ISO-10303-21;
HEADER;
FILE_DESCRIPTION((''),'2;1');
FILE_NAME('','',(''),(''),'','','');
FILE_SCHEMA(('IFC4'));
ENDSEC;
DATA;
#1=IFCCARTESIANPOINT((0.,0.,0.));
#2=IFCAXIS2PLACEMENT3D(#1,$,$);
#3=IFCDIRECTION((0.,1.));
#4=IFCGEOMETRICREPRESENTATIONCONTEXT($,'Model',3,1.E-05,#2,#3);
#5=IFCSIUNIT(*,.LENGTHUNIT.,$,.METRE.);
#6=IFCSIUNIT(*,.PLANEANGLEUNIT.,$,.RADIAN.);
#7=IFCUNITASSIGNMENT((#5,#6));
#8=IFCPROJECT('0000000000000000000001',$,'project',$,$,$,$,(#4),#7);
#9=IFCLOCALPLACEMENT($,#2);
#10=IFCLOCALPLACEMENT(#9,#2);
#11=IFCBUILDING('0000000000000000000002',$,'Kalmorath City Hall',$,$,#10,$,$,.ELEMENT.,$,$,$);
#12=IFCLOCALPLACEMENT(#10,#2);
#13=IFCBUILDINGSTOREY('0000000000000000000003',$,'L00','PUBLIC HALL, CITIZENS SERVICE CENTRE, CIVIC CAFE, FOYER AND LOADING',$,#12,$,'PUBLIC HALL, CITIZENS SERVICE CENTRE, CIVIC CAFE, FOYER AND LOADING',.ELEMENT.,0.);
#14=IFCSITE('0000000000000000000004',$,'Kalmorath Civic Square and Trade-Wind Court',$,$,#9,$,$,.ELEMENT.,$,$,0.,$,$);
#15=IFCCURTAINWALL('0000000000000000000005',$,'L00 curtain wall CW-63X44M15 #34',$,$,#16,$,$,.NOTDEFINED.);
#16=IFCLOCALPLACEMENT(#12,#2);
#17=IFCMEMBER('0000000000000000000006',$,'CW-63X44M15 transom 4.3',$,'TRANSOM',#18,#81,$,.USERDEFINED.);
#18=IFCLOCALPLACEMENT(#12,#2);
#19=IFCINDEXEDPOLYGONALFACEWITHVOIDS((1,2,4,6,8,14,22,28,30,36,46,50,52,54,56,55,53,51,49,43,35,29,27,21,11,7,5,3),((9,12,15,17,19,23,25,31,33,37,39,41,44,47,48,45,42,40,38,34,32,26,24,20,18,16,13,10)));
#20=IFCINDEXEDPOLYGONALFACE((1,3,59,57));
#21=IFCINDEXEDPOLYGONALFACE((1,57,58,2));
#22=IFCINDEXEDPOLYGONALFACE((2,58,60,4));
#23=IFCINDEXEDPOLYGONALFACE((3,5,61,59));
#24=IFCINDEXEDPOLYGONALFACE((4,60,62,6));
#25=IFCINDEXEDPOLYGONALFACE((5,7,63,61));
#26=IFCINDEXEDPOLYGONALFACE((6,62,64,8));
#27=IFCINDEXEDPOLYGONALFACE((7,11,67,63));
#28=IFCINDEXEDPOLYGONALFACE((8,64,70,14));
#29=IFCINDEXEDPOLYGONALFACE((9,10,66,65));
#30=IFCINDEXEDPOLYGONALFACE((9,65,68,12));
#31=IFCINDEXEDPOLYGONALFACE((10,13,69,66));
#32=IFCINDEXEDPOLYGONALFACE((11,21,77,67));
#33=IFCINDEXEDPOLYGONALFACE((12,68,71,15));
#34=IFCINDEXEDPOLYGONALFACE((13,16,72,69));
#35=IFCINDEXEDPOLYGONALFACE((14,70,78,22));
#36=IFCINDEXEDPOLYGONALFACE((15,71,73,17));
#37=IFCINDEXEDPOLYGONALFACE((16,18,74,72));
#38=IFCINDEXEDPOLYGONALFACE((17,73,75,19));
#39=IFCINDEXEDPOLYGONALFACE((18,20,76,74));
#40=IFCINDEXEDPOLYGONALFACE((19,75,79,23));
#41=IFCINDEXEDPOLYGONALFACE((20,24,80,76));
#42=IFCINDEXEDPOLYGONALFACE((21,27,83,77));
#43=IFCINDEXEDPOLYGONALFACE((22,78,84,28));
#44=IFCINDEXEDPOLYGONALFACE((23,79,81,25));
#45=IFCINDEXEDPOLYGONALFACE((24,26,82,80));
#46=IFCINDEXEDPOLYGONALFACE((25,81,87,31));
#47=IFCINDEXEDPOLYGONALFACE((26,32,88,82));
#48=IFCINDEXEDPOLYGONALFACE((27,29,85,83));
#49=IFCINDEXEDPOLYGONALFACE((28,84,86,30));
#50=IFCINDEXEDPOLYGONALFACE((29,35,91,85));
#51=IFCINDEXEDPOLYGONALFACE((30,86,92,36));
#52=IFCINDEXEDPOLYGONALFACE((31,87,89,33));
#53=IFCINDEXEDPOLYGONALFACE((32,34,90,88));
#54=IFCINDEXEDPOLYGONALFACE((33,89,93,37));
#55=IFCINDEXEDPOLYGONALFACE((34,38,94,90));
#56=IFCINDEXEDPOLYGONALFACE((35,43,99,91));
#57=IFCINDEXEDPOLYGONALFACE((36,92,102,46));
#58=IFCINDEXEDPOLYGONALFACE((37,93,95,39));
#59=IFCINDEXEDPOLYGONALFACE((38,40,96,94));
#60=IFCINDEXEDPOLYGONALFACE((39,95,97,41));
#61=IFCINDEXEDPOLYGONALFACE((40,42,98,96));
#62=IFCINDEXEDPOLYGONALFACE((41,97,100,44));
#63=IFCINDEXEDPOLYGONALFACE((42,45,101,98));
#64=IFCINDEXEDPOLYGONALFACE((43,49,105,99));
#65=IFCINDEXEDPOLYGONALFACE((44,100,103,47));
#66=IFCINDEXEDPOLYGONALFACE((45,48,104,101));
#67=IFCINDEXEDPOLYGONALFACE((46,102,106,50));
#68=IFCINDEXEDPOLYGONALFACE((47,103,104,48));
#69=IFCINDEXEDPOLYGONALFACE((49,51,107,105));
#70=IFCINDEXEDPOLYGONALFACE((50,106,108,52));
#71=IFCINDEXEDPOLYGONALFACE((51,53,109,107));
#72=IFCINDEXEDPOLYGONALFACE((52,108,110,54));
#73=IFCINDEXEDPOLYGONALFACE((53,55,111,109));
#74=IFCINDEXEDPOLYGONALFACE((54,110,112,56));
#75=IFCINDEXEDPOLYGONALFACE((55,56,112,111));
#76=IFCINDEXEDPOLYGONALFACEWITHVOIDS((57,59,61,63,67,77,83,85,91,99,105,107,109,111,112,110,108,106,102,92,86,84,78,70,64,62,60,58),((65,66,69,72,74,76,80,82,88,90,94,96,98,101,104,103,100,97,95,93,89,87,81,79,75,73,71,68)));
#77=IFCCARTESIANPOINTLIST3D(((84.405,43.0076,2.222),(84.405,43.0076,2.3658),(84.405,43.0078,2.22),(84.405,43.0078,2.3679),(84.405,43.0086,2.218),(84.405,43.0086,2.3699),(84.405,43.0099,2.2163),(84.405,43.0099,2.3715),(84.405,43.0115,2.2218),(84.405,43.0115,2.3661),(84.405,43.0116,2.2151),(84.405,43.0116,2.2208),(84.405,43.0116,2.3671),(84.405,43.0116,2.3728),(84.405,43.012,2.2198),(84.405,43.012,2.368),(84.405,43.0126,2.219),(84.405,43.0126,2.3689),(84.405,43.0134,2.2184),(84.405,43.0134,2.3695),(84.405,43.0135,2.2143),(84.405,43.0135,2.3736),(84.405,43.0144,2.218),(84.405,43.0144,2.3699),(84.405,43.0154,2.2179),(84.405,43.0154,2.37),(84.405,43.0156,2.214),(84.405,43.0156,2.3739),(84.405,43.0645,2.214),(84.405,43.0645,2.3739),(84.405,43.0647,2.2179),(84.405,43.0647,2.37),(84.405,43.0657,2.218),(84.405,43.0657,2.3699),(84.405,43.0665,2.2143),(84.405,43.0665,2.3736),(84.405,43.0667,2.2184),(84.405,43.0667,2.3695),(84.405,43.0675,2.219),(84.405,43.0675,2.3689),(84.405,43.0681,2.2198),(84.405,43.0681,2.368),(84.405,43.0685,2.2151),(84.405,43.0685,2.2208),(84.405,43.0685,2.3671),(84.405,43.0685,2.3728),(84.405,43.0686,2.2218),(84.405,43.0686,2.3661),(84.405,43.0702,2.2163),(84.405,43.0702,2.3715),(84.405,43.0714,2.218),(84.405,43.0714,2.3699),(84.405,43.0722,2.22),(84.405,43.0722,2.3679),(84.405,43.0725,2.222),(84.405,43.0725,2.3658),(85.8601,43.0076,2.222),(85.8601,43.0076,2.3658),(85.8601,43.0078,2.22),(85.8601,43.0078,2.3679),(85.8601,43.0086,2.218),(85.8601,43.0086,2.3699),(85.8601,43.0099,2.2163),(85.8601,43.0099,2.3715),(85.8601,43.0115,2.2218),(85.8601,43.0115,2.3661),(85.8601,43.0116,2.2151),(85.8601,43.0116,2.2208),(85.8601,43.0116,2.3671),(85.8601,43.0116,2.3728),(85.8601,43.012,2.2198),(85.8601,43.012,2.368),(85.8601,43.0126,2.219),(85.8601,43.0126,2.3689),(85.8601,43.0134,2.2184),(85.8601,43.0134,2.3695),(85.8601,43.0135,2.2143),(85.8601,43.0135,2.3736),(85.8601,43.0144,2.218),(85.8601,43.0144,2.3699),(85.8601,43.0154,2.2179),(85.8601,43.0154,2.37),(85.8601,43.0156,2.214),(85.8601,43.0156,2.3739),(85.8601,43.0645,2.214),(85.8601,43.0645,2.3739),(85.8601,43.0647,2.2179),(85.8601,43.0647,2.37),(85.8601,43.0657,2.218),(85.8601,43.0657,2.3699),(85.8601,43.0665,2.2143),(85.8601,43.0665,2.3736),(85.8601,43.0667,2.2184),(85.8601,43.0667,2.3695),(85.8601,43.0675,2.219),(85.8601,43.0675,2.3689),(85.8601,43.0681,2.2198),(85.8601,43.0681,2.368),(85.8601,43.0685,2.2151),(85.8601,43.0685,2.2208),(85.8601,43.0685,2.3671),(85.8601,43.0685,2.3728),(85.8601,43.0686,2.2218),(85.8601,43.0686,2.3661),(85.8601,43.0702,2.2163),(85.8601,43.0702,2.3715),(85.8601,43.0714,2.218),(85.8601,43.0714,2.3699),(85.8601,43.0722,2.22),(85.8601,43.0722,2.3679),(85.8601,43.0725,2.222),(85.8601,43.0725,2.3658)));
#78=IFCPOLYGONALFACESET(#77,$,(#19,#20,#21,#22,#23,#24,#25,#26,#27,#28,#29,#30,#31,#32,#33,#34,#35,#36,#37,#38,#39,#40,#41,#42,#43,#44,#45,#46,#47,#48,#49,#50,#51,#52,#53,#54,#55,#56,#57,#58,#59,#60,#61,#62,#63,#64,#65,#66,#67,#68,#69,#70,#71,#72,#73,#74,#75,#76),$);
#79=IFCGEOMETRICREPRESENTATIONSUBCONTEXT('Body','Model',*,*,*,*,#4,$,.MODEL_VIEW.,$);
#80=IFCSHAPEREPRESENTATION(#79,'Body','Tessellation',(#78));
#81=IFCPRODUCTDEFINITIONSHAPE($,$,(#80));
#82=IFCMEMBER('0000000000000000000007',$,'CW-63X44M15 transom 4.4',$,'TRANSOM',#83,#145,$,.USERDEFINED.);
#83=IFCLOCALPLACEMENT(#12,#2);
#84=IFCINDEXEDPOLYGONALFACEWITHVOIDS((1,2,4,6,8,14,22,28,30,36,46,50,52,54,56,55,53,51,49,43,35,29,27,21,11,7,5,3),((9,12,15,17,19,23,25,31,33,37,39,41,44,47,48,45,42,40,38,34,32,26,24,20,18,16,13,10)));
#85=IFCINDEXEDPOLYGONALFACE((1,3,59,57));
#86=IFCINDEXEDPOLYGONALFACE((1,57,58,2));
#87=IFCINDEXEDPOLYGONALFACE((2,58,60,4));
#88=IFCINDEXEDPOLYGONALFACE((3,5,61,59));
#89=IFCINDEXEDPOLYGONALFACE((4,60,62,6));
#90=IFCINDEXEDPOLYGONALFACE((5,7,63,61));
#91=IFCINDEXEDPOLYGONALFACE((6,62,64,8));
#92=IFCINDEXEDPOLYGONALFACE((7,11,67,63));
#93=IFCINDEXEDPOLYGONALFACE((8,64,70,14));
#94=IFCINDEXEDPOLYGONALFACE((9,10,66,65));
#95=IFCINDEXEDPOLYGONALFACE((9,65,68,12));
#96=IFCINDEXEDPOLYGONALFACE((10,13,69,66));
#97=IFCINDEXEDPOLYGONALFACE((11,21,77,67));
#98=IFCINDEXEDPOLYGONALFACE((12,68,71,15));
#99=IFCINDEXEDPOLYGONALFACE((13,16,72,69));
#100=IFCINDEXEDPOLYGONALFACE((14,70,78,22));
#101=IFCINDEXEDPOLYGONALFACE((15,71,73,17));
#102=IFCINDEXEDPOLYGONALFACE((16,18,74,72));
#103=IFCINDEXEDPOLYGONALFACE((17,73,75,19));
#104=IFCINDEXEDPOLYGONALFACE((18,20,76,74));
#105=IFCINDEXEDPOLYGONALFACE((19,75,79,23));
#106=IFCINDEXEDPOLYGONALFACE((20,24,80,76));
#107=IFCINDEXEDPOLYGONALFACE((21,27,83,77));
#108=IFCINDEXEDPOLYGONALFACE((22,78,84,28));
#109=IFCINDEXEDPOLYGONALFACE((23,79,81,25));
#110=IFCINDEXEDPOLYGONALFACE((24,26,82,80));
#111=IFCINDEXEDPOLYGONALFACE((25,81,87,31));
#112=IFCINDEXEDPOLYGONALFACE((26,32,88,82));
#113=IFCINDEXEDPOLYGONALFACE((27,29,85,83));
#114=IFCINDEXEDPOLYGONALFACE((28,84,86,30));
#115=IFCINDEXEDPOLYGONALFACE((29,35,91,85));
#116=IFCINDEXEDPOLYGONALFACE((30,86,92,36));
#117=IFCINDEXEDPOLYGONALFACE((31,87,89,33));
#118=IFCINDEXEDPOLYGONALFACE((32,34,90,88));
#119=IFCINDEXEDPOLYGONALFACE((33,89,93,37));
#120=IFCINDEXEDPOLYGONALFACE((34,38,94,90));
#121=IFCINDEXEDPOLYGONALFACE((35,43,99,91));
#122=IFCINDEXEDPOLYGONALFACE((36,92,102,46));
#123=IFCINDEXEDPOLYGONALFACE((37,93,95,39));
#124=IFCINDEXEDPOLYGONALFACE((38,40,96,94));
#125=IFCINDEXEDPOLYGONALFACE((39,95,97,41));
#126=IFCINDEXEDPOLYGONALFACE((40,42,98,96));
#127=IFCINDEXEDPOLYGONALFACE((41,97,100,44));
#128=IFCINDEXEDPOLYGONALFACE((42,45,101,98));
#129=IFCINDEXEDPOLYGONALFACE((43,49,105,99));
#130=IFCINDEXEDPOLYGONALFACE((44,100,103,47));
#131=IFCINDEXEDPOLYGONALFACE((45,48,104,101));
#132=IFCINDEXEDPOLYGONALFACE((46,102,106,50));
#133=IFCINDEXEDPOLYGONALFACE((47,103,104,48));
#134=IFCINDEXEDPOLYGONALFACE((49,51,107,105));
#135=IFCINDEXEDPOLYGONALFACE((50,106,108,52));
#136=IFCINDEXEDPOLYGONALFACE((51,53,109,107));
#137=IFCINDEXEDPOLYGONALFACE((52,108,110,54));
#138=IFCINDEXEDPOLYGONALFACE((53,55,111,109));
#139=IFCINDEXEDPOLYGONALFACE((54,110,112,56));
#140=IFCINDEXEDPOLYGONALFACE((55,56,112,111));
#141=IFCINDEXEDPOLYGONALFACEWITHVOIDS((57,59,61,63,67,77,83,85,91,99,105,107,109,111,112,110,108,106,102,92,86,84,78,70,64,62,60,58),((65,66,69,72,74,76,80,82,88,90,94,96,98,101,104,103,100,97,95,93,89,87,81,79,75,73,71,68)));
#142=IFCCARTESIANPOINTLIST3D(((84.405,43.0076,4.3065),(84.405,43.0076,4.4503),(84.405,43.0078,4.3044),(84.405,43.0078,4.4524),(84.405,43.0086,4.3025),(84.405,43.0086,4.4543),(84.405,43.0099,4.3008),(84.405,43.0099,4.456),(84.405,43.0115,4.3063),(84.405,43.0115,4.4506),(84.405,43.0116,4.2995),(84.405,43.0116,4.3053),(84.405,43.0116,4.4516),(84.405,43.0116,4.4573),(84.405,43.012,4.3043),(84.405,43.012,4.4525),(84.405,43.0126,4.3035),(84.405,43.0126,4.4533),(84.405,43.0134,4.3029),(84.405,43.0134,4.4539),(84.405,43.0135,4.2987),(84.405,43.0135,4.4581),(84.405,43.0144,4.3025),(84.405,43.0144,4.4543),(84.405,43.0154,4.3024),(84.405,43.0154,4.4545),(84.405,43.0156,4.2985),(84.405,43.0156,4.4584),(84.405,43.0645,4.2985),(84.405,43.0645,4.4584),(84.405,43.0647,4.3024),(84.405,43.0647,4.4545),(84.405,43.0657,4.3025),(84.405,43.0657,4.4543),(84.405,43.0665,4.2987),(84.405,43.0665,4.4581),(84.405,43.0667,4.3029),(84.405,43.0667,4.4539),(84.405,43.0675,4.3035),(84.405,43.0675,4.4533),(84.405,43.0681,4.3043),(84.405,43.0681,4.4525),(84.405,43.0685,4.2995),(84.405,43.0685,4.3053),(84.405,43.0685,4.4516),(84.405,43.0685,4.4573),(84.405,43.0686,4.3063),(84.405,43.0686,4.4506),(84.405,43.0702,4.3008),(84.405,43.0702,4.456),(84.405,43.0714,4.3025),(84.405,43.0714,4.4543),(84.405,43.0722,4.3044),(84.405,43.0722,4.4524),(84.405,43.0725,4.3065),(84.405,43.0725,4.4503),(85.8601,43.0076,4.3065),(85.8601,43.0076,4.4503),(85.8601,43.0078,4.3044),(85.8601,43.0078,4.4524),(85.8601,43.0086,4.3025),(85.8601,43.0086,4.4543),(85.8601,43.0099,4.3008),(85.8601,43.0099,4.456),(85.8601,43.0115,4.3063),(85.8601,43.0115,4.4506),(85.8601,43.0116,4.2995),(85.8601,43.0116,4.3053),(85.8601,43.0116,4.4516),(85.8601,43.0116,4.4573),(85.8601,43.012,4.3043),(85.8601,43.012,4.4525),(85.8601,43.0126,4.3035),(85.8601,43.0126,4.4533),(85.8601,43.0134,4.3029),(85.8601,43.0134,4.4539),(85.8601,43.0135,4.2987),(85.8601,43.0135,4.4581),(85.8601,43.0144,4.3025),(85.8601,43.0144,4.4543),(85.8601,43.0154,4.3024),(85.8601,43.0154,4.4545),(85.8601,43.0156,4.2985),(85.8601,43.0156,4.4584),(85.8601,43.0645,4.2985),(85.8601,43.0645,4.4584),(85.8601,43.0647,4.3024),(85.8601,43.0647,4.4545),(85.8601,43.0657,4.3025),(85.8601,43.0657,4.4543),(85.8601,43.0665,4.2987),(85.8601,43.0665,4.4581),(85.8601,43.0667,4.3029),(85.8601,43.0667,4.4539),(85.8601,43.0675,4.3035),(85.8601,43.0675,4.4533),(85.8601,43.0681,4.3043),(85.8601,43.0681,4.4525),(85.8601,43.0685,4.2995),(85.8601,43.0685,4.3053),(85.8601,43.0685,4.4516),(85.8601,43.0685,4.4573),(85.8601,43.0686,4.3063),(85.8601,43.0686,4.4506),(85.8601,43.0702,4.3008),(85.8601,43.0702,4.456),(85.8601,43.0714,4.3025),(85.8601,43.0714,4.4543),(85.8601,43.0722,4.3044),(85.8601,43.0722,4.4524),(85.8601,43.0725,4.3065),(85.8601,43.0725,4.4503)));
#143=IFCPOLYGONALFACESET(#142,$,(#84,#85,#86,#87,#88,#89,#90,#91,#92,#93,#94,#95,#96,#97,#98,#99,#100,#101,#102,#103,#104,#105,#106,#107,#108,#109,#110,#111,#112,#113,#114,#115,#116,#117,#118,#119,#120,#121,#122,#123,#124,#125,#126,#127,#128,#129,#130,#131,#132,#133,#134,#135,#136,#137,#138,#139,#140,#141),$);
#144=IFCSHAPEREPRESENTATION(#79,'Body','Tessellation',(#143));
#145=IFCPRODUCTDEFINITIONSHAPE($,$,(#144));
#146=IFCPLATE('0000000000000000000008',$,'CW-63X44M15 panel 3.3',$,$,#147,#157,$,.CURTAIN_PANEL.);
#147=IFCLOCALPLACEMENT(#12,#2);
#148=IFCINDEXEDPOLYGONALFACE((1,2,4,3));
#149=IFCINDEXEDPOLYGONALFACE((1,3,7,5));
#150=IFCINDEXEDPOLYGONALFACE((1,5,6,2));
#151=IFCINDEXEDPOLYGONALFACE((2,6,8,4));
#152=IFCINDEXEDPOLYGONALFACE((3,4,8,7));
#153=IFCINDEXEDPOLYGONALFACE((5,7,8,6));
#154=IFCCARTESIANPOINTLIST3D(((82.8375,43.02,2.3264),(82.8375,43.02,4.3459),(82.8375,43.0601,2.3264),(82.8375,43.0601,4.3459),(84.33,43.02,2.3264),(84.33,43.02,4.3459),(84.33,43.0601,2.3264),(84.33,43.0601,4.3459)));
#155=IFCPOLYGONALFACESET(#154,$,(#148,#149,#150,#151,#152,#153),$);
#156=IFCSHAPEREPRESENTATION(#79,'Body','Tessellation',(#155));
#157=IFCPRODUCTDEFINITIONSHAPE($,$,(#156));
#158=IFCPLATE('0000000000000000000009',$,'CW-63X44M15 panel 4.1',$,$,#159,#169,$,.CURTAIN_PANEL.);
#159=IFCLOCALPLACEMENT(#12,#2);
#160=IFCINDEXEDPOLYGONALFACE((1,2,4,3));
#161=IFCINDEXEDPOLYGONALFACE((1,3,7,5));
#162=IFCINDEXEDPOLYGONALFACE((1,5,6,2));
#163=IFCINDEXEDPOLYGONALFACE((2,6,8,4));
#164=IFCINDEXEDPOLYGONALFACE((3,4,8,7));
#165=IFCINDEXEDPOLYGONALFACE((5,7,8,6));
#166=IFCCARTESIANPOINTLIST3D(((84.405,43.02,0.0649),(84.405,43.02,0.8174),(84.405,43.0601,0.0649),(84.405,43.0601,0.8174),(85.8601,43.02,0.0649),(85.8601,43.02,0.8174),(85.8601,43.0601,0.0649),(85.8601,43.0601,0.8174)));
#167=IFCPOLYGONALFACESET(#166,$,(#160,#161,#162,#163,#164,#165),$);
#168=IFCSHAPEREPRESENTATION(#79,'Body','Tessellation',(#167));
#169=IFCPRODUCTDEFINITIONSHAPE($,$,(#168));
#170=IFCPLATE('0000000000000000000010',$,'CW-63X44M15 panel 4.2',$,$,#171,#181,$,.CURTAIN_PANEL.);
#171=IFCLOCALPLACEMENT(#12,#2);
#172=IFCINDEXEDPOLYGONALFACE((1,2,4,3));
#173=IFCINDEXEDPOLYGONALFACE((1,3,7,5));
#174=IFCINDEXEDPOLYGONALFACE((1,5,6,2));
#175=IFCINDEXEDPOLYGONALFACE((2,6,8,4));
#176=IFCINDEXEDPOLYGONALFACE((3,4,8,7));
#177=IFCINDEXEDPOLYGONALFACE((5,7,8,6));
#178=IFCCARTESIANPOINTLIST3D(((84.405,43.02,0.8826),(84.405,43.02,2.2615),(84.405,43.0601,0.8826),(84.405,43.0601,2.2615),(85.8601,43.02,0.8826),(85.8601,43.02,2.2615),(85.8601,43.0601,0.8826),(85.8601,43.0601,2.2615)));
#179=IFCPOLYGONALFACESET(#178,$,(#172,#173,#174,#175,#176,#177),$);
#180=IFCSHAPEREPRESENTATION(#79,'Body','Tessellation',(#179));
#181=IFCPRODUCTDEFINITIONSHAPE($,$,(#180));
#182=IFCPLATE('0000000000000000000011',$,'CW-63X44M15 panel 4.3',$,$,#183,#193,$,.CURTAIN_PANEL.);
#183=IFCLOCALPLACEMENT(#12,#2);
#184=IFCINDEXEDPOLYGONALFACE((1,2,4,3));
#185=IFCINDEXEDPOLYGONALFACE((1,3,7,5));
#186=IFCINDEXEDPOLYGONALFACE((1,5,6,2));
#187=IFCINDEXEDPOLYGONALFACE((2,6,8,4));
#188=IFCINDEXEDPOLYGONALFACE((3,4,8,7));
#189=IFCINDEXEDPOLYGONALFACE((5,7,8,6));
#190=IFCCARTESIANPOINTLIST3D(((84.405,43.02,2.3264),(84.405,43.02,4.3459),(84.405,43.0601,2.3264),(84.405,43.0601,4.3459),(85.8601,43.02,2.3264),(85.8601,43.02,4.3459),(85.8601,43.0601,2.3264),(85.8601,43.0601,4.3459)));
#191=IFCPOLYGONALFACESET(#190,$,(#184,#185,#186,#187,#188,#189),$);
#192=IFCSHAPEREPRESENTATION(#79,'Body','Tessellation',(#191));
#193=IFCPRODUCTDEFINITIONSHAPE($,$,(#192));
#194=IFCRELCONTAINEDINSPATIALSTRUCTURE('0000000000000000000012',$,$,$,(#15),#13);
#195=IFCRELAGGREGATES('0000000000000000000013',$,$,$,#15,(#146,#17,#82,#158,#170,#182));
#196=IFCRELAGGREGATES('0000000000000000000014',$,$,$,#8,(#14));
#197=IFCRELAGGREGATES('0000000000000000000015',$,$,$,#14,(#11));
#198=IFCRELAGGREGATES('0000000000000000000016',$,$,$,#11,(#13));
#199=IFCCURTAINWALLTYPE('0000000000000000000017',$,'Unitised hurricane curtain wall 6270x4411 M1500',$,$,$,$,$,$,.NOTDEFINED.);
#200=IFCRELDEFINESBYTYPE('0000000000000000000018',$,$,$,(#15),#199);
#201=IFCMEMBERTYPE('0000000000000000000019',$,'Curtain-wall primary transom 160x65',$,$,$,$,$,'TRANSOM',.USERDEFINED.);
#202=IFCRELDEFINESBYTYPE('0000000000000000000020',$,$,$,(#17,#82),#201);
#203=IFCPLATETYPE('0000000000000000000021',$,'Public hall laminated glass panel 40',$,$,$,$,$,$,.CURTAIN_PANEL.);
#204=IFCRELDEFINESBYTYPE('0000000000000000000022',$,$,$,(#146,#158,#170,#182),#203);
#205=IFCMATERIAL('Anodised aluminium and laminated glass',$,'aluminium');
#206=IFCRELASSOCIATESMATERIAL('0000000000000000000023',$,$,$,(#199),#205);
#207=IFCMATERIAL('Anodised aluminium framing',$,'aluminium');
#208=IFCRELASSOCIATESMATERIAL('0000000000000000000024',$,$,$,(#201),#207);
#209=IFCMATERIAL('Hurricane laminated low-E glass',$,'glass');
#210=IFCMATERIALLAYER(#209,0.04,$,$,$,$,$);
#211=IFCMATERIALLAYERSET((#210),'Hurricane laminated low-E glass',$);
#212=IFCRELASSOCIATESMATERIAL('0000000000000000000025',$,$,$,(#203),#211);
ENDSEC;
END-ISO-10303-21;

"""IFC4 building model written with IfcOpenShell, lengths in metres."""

from ifc_helpers import new_model, si_unit, direction, frame, origin, origin_2d, place, context, subcontext, project, spatial, rectangle, hollow_rectangle, extrude, material, layer, layer_set, material_profile, profile_set, type_object, element, aggregate, save


model = new_model("IFC4")

# Units and contexts
model_context = context("Model", 3, precision=1e-05, world=origin(), true_north=direction((0.0, 1.0)))
body_context = subcontext(model_context, "Body", "Model", "MODEL_VIEW")
ifc_project = project(units=[si_unit("LENGTHUNIT", "METRE"), si_unit("PLANEANGLEUNIT", "RADIAN")], contexts=[model_context])

# Site, building, storey
site_placement = place(None, origin())
site = spatial("IfcSite", under=ifc_project, at=site_placement, Name="Kalmorath Civic Square and Trade-Wind Court", CompositionType="ELEMENT", RefElevation=0.0)
building_placement = place(site_placement, origin())
building = spatial("IfcBuilding", under=site, at=building_placement, Name="Kalmorath City Hall", CompositionType="ELEMENT")
storey_placement = place(building_placement, origin())
storey = spatial("IfcBuildingStorey", under=building, at=storey_placement, Name="L00", Description="PUBLIC HALL, CITIZENS SERVICE CENTRE, CIVIC CAFE, FOYER AND LOADING", LongName="PUBLIC HALL, CITIZENS SERVICE CENTRE, CIVIC CAFE, FOYER AND LOADING", CompositionType="ELEMENT", Elevation=0.0)

# Curtain wall, members, plates
ifc_material_1 = material(Name="Anodised aluminium and laminated glass", Category="aluminium")
curtain_wall_type = type_object("IfcCurtainWallType", Name="Unitised hurricane curtain wall 6270x4411 M1500", PredefinedType="NOTDEFINED", material=ifc_material_1)
curtain_wall_placement = place(storey_placement, origin())
curtain_wall = element("IfcCurtainWall", 1, at=curtain_wall_placement, inside=storey, type_object=curtain_wall_type, Name="L00 curtain wall CW-63X44M15 #34", PredefinedType="NOTDEFINED")
ifc_material_2 = material(Name="Anodised aluminium framing", Category="aluminium")
ifc_material_profile_1 = material_profile(ifc_material_2, hollow_rectangle(XDim=0.0649, YDim=0.1599, WallThickness=0.0039, InnerFilletRadius=0.0039, OuterFilletRadius=0.0081, at=origin_2d()), Name="ALU-TRN-160X65X4")
ifc_profile_set_1 = profile_set([ifc_material_profile_1], Name="Anodised aluminium framing")
member_type_1 = type_object("IfcMemberType", Name="Curtain-wall primary transom 160x65", ElementType="TRANSOM", PredefinedType="USERDEFINED", material=ifc_profile_set_1)
member_1_placement = place(storey_placement, frame((84.405, 43.04, 2.2939), z_axis=(1.0, 0.0, 0.0), x_axis=(0.0, 1.0, 0.0)))
member_1 = element("IfcMember", 2, at=member_1_placement, type_object=member_type_1, Name="CW-63X44M15 transom 4.3", ObjectType="TRANSOM", PredefinedType="USERDEFINED", context=body_context, shape_type="SweptSolid", body=[
    extrude(hollow_rectangle(XDim=0.0649, YDim=0.1599, WallThickness=0.0039, InnerFilletRadius=0.0039, OuterFilletRadius=0.0081, at=origin_2d()), origin(), (0.0, 0.0, 1.0), 1.4551),
])
member_2_placement = place(storey_placement, frame((84.405, 43.04, 4.3784), z_axis=(1.0, 0.0, 0.0), x_axis=(0.0, 1.0, 0.0)))
member_2 = element("IfcMember", 3, at=member_2_placement, type_object=member_type_1, Name="CW-63X44M15 transom 4.4", ObjectType="TRANSOM", PredefinedType="USERDEFINED", context=body_context, shape_type="SweptSolid", body=[
    extrude(hollow_rectangle(XDim=0.0649, YDim=0.1599, WallThickness=0.0039, InnerFilletRadius=0.0039, OuterFilletRadius=0.0081, at=origin_2d()), origin(), (0.0, 0.0, 1.0), 1.4551),
])
ifc_material_3 = material(Name="Hurricane laminated low-E glass", Category="glass")
ifc_layer_1 = layer(ifc_material_3, 0.04)
ifc_layer_set_1 = layer_set([ifc_layer_1], Name="Hurricane laminated low-E glass")
plate_type = type_object("IfcPlateType", Name="Public hall laminated glass panel 40", PredefinedType="CURTAIN_PANEL", material=ifc_layer_set_1)
plate_1_placement = place(storey_placement, frame((83.5837, 43.04, 2.3264), z_axis=(0.0, 0.0, 1.0), x_axis=(1.0, 0.0, 0.0)))
plate_1 = element("IfcPlate", 4, at=plate_1_placement, type_object=plate_type, Name="CW-63X44M15 panel 3.3", PredefinedType="CURTAIN_PANEL", context=body_context, shape_type="SweptSolid", body=[
    extrude(rectangle(XDim=1.4924, YDim=0.04, at=origin_2d()), origin(), (0.0, 0.0, 1.0), 2.0195),
])
plate_2_placement = place(storey_placement, frame((85.1326, 43.04, 0.0649), z_axis=(0.0, 0.0, 1.0), x_axis=(1.0, 0.0, 0.0)))
plate_2 = element("IfcPlate", 5, at=plate_2_placement, type_object=plate_type, Name="CW-63X44M15 panel 4.1", PredefinedType="CURTAIN_PANEL", context=body_context, shape_type="SweptSolid", body=[
    extrude(rectangle(XDim=1.4551, YDim=0.04, at=origin_2d()), origin(), (0.0, 0.0, 1.0), 0.7524),
])
plate_3_placement = place(storey_placement, frame((85.1326, 43.04, 0.8826), z_axis=(0.0, 0.0, 1.0), x_axis=(1.0, 0.0, 0.0)))
plate_3 = element("IfcPlate", 6, at=plate_3_placement, type_object=plate_type, Name="CW-63X44M15 panel 4.2", PredefinedType="CURTAIN_PANEL", context=body_context, shape_type="SweptSolid", body=[
    extrude(rectangle(XDim=1.4551, YDim=0.04, at=origin_2d()), origin(), (0.0, 0.0, 1.0), 1.3789),
])
plate_4_placement = place(storey_placement, frame((85.1326, 43.04, 2.3264), z_axis=(0.0, 0.0, 1.0), x_axis=(1.0, 0.0, 0.0)))
plate_4 = element("IfcPlate", 7, at=plate_4_placement, type_object=plate_type, Name="CW-63X44M15 panel 4.3", PredefinedType="CURTAIN_PANEL", context=body_context, shape_type="SweptSolid", body=[
    extrude(rectangle(XDim=1.4551, YDim=0.04, at=origin_2d()), origin(), (0.0, 0.0, 1.0), 2.0195),
])
aggregate(curtain_wall, [plate_1, member_1, member_2, plate_2, plate_3, plate_4])

save(model, "model.ifc")
